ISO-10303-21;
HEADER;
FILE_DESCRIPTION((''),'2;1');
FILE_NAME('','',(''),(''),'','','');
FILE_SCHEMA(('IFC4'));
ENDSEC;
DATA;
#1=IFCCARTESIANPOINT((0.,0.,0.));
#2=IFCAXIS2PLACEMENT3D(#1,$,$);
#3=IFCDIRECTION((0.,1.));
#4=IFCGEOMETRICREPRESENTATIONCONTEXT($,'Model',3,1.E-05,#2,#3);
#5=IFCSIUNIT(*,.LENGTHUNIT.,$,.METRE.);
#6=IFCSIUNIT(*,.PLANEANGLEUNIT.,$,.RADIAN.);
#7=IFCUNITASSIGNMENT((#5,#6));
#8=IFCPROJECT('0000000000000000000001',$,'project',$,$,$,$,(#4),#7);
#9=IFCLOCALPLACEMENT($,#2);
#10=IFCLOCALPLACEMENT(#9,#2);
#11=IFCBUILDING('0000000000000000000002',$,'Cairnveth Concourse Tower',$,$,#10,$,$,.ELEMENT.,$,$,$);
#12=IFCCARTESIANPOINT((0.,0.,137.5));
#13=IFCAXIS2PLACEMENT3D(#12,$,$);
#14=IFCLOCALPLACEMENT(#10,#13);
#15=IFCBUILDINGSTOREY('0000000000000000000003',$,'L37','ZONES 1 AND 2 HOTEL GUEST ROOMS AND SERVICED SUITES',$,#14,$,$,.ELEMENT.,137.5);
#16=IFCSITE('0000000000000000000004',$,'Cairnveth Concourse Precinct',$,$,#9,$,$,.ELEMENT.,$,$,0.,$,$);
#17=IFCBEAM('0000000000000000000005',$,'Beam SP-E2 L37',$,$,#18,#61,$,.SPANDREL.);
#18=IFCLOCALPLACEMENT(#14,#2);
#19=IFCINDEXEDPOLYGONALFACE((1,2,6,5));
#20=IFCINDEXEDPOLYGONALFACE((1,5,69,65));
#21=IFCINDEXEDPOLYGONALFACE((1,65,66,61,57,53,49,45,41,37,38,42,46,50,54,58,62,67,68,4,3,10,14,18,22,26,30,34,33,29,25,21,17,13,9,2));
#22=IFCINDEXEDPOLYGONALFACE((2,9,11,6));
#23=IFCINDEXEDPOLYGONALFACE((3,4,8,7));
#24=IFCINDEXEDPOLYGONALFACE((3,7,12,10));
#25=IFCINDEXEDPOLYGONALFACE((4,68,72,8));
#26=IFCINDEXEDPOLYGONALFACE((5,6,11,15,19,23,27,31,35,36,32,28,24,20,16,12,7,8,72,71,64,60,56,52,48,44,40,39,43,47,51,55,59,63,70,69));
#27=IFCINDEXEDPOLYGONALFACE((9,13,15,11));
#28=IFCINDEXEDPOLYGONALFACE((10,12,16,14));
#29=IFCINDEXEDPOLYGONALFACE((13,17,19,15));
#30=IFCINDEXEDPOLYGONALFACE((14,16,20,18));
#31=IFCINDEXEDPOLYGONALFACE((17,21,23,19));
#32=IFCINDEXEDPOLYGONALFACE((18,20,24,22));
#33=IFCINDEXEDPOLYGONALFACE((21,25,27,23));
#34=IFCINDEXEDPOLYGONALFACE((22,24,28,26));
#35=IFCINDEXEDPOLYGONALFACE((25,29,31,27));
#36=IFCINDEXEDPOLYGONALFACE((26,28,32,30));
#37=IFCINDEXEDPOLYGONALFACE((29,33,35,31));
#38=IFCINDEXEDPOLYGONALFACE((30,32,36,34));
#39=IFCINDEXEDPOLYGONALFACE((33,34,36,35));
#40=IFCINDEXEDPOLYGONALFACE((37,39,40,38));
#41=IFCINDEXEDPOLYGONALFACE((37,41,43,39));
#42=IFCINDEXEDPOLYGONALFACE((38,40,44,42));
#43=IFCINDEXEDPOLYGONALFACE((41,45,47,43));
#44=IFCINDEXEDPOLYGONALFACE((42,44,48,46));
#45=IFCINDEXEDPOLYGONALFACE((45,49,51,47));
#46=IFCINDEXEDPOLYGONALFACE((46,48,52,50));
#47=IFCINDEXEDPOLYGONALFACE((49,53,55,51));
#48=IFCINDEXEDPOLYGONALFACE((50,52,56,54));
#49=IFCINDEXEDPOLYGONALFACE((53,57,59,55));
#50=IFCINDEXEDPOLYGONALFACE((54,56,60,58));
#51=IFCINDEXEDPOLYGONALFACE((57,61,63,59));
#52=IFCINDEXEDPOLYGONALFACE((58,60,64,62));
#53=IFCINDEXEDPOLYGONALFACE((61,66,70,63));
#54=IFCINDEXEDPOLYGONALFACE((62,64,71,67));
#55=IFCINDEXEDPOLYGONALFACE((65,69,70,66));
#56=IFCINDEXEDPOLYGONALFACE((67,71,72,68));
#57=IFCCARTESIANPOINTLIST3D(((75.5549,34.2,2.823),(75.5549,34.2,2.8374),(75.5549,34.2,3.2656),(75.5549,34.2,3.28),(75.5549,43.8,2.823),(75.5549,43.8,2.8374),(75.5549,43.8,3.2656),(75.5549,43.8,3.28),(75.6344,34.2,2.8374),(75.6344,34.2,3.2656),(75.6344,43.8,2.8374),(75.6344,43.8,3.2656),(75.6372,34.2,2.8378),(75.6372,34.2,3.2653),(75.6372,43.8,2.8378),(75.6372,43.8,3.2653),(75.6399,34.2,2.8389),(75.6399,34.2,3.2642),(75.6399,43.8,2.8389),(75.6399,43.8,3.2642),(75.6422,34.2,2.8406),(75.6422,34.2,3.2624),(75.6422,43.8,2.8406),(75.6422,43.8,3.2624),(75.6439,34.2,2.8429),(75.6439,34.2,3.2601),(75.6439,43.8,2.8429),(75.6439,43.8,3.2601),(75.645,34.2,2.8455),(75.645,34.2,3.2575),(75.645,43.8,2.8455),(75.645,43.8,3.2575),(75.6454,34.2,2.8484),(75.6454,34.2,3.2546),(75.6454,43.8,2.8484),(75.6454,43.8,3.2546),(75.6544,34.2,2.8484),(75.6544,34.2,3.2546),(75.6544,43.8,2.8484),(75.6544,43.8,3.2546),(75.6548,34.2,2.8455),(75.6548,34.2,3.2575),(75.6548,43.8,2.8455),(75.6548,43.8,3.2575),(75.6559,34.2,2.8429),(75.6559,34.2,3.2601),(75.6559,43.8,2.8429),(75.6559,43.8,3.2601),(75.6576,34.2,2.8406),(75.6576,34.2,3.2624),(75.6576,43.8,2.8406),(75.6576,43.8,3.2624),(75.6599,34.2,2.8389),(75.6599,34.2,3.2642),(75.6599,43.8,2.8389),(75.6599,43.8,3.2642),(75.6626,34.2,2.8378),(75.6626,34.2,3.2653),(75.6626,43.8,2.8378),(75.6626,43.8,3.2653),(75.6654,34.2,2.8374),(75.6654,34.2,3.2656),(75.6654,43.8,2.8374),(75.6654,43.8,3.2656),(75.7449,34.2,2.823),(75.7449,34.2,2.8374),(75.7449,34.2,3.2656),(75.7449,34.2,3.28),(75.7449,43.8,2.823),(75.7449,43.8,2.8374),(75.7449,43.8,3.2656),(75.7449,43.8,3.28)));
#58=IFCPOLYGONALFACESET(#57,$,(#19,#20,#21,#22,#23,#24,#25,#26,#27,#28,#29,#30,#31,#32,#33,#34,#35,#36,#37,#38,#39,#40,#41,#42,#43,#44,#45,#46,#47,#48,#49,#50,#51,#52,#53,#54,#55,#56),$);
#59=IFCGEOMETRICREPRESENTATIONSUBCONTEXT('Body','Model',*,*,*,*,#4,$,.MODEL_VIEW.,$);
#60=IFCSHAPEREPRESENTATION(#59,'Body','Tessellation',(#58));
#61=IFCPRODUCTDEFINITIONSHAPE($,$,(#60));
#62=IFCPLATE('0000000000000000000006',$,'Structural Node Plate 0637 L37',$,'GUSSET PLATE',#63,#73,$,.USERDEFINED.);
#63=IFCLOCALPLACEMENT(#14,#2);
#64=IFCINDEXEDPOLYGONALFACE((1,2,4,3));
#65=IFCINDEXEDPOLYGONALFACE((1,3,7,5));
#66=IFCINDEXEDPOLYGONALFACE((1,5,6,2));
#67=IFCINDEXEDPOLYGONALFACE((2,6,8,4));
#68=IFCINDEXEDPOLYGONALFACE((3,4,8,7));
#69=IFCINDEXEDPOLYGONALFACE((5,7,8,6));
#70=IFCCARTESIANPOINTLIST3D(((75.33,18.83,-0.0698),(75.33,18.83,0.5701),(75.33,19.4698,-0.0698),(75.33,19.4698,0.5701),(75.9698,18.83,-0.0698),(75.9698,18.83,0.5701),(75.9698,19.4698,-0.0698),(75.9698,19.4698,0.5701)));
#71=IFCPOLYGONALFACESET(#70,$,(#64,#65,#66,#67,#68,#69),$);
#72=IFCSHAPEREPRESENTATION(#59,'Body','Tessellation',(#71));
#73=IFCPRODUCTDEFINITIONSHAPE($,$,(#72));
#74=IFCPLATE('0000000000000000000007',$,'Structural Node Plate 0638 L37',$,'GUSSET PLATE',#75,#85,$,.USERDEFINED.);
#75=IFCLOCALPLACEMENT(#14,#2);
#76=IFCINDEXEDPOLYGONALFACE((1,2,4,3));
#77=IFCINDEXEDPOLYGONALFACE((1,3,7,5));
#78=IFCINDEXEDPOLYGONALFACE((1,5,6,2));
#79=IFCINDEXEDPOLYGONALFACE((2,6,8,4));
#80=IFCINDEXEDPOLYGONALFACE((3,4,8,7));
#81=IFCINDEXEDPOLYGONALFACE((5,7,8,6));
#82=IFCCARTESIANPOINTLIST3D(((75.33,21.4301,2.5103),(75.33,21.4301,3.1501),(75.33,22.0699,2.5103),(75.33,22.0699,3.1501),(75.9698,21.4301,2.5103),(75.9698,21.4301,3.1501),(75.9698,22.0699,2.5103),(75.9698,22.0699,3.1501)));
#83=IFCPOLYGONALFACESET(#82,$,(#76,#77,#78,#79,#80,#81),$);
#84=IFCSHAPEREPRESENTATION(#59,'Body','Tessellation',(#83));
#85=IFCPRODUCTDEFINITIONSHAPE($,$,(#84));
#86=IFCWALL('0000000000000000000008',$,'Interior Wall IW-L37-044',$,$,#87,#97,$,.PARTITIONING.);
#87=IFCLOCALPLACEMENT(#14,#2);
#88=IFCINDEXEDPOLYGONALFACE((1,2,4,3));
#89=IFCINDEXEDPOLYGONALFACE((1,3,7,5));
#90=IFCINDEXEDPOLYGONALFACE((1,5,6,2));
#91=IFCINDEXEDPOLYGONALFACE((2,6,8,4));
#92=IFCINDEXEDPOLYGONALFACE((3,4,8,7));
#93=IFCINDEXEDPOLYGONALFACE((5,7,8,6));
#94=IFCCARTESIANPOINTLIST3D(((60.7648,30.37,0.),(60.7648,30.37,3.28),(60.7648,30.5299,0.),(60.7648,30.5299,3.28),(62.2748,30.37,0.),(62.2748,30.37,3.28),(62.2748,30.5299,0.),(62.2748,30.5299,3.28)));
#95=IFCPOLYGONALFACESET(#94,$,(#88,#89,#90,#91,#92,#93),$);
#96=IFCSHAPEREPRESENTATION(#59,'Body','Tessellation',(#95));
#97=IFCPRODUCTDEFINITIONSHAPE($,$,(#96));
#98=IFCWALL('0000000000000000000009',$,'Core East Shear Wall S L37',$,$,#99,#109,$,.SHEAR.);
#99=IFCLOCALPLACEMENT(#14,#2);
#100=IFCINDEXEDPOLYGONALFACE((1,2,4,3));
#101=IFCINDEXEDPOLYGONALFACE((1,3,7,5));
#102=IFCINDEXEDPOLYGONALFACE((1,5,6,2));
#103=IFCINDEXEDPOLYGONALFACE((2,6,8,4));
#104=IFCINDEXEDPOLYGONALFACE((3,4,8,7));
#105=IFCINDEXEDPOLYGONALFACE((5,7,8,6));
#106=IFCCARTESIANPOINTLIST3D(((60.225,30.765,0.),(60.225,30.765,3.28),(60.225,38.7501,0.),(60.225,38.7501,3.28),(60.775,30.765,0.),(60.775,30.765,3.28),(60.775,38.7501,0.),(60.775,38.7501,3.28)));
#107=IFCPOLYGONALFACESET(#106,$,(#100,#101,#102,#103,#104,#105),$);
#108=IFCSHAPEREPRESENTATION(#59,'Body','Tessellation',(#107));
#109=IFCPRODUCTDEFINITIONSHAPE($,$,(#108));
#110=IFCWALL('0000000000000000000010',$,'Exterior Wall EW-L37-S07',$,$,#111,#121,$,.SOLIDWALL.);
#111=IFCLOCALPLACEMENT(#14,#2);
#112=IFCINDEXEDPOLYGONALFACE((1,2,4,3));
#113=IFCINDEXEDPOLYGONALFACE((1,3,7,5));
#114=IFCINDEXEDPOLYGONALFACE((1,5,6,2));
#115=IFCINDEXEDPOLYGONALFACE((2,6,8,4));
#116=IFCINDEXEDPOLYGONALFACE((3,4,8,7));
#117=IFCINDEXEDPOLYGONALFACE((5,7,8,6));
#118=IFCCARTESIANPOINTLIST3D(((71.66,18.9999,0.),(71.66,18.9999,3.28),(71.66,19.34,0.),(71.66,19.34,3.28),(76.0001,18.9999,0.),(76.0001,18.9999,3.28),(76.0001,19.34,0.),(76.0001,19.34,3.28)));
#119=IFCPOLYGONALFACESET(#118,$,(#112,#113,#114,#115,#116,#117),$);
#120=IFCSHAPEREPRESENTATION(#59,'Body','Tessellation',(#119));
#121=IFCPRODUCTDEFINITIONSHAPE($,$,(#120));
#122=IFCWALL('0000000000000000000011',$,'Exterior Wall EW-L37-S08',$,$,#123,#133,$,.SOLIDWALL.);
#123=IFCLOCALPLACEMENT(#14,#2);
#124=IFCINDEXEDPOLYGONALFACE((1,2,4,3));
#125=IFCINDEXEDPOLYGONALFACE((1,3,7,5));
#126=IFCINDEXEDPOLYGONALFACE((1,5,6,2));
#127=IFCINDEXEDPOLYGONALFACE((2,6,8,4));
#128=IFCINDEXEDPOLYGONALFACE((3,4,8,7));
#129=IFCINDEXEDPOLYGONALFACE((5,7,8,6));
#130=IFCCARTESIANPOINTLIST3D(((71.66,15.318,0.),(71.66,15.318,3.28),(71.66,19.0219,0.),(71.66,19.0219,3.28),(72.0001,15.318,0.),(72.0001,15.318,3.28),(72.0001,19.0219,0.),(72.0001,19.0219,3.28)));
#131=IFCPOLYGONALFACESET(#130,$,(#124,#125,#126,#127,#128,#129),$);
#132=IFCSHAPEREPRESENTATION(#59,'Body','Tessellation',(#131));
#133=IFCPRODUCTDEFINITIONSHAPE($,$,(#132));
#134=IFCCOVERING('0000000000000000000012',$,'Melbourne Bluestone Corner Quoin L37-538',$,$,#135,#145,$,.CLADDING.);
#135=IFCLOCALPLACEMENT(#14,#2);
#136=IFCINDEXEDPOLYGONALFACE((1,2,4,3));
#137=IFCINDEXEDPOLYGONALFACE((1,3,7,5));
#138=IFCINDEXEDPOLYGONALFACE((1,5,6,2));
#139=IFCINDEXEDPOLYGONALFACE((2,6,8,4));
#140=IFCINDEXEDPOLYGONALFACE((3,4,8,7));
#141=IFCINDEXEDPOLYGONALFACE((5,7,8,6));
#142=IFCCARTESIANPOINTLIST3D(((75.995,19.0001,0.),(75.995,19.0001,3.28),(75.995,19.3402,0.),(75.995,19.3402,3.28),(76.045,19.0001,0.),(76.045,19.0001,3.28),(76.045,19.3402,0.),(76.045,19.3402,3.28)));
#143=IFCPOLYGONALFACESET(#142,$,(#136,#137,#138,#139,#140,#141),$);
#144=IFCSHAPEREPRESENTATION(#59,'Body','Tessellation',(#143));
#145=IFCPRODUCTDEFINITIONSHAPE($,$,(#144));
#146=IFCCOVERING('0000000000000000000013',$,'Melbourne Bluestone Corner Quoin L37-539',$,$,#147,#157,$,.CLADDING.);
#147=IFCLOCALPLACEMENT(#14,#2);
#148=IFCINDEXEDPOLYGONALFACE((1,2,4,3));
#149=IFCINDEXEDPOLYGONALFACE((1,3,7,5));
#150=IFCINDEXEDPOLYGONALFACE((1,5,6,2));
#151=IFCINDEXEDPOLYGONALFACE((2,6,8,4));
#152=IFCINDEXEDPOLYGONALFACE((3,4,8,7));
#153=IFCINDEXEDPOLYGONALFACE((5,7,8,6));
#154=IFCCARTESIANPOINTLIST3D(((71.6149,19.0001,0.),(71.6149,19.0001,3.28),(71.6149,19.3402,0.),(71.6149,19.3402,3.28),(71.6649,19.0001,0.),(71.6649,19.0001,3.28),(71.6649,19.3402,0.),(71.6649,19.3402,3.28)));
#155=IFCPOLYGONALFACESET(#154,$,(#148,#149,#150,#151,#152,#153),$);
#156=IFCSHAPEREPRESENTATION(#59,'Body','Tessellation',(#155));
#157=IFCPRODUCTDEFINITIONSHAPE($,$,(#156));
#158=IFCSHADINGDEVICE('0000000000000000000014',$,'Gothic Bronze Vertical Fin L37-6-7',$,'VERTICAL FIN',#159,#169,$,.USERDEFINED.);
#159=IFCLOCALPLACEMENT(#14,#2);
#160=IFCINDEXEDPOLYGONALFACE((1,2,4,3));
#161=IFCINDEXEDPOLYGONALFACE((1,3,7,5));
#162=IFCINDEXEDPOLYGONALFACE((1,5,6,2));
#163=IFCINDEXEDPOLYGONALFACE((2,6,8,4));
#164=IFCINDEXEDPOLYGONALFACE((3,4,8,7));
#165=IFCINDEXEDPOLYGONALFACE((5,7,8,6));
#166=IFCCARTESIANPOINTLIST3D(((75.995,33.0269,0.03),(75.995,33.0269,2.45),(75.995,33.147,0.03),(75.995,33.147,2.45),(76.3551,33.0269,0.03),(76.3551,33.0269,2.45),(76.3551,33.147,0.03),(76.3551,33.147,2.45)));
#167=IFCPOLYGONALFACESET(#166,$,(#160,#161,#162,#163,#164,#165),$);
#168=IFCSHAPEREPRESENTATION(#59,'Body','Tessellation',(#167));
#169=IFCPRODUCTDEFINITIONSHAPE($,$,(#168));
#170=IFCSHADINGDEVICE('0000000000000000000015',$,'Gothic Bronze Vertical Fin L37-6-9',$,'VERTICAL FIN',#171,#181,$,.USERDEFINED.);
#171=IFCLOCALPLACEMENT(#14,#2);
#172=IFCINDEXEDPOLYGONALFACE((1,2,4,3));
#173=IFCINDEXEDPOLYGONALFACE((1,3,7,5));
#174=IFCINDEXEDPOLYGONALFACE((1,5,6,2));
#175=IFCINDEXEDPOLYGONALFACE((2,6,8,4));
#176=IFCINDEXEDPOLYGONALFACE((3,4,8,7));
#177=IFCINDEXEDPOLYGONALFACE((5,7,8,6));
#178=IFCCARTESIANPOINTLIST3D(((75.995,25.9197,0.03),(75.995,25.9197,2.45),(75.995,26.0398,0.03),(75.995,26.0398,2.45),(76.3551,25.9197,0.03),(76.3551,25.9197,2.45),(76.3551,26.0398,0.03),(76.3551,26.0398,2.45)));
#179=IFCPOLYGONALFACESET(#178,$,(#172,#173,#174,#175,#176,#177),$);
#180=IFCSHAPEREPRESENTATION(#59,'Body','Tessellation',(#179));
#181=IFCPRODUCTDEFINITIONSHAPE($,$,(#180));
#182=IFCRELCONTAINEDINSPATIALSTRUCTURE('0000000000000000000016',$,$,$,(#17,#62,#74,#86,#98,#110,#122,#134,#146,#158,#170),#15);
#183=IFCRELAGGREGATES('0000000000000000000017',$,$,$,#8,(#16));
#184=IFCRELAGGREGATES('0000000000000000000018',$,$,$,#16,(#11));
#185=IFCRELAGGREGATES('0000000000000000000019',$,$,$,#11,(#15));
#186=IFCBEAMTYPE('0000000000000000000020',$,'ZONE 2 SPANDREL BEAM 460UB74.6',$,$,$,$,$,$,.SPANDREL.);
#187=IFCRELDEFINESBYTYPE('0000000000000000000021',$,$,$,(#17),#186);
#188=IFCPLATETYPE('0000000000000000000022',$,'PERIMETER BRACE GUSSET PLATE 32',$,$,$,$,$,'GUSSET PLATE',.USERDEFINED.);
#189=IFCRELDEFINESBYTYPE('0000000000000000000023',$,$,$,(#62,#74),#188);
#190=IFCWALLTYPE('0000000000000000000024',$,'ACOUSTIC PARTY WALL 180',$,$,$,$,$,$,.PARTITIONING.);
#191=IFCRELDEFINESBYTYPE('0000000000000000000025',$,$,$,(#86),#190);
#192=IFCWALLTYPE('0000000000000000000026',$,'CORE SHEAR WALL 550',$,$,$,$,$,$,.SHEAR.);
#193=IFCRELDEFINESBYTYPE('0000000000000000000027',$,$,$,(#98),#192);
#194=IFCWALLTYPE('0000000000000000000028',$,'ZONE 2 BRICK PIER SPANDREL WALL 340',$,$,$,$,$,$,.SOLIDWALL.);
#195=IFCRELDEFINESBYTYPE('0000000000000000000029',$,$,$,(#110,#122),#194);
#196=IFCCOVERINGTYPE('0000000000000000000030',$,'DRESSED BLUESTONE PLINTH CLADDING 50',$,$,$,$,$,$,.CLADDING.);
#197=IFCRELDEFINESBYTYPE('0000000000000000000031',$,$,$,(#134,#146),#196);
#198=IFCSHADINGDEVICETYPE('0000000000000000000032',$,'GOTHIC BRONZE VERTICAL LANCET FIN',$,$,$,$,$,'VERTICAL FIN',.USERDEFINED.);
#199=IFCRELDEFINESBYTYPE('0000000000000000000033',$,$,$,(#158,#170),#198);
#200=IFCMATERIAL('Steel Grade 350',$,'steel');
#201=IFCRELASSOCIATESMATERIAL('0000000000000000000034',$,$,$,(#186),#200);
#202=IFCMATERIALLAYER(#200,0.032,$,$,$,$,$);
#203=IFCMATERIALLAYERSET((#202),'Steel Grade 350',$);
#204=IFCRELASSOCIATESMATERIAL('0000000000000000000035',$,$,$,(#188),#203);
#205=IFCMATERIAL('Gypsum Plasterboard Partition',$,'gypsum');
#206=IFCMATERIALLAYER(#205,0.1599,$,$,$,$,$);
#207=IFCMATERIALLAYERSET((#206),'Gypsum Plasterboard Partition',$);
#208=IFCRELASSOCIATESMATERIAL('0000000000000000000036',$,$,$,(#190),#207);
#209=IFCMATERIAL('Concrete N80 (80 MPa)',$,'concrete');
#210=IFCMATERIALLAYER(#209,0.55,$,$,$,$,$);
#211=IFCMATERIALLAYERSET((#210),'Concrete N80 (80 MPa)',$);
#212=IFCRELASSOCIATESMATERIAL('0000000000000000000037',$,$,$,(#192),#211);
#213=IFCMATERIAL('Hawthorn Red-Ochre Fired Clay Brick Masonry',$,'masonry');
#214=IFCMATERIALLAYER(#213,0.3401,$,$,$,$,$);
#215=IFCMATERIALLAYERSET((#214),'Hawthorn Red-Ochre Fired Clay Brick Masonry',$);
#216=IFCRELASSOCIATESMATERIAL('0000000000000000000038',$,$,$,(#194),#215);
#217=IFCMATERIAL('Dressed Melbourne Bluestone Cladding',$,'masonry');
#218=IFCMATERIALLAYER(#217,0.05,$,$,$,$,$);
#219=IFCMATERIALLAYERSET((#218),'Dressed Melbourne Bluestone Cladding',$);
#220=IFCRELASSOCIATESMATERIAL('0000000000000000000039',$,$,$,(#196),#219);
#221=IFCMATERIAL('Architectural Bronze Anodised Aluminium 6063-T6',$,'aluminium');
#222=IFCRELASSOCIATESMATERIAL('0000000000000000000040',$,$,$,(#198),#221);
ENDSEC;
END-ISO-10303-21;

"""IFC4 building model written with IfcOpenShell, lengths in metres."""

from ifc_helpers import new_model, si_unit, direction, frame, frame_2d, origin, origin_2d, place, context, subcontext, project, spatial, rectangle, i_section, extrude, material, layer, layer_set, material_profile, profile_set, type_object, element, save


model = new_model("IFC4")

# Units and contexts
model_context = context("Model", 3, precision=1e-05, world=origin(), true_north=direction((0.0, 1.0)))
body_context = subcontext(model_context, "Body", "Model", "MODEL_VIEW")
ifc_project = project(units=[si_unit("LENGTHUNIT", "METRE"), si_unit("PLANEANGLEUNIT", "RADIAN")], contexts=[model_context])

# Site, building, storey
site_placement = place(None, origin())
site = spatial("IfcSite", under=ifc_project, at=site_placement, Name="Cairnveth Concourse Precinct", CompositionType="ELEMENT", RefElevation=0.0)
building_placement = place(site_placement, origin())
building = spatial("IfcBuilding", under=site, at=building_placement, Name="Cairnveth Concourse Tower", CompositionType="ELEMENT")
storey_placement = place(building_placement, frame((0.0, 0.0, 137.5)))
storey = spatial("IfcBuildingStorey", under=building, at=storey_placement, Name="L37", Description="ZONES 1 AND 2 HOTEL GUEST ROOMS AND SERVICED SUITES", CompositionType="ELEMENT", Elevation=137.5)

# Shared definitions
ifc_material_1 = material(Name="Steel Grade 350", Category="steel")

# Beam
ifc_material_profile_1 = material_profile(ifc_material_1, i_section(OverallWidth=0.1899, OverallDepth=0.457, WebThickness=0.009, FlangeThickness=0.0144, FilletRadius=0.011, at=origin_2d()), Name="460UB74.6")
ifc_profile_set_1 = profile_set([ifc_material_profile_1], Name="Steel Grade 350")
beam_type_1 = type_object("IfcBeamType", Name="ZONE 2 SPANDREL BEAM 460UB74.6", PredefinedType="SPANDREL", material=ifc_profile_set_1)
beam_1_placement = place(storey_placement, frame((75.6499, 34.2, 3.0515), z_axis=(0.0, 1.0, 0.0), x_axis=(-1.0, 0.0, 0.0)))
element("IfcBeam", 1, at=beam_1_placement, inside=storey, type_object=beam_type_1, Name="Beam SP-E2 L37", PredefinedType="SPANDREL", context=body_context, shape_type="SweptSolid", body=[
    extrude(i_section(OverallWidth=0.1899, OverallDepth=0.457, WebThickness=0.009, FlangeThickness=0.0144, FilletRadius=0.011, at=origin_2d()), origin(), (0.0, 0.0, 1.0), 9.6001),
])

# Plates
ifc_layer_1 = layer(ifc_material_1, 0.032)
ifc_layer_set_1 = layer_set([ifc_layer_1], Name="Steel Grade 350")
plate_type = type_object("IfcPlateType", Name="PERIMETER BRACE GUSSET PLATE 32", ElementType="GUSSET PLATE", PredefinedType="USERDEFINED", material=ifc_layer_set_1)
for number, where, z_axis, x_axis, name in (
    (2, (75.6499, 19.1499, -0.0698), (0.0, 0.0, 1.0), (1.0, 0.0, 0.0), "Structural Node Plate 0637 L37"),
    (3, (75.6499, 21.75, 2.5103), (0.0, 0.0, 1.0), (1.0, 0.0, 0.0), "Structural Node Plate 0638 L37"),
):
    element("IfcPlate", number, at=place(storey_placement, frame(where, z_axis=z_axis, x_axis=x_axis)), inside=storey, type_object=plate_type, Name=name, ObjectType="GUSSET PLATE", PredefinedType="USERDEFINED", context=body_context, shape_type="SweptSolid", body=[
        extrude(rectangle(XDim=0.6399, YDim=0.6399, at=origin_2d()), origin(), (0.0, 0.0, 1.0), 0.6399),
    ])

# Walls
ifc_material_2 = material(Name="Gypsum Plasterboard Partition", Category="gypsum")
ifc_layer_2 = layer(ifc_material_2, 0.1599)
ifc_layer_set_2 = layer_set([ifc_layer_2], Name="Gypsum Plasterboard Partition")
wall_type_1 = type_object("IfcWallType", Name="ACOUSTIC PARTY WALL 180", PredefinedType="PARTITIONING", material=ifc_layer_set_2)
wall_1_placement = place(storey_placement, frame((60.7649, 30.45, 0.0), z_axis=(0.0, 0.0, 1.0), x_axis=(1.0, 0.0, 0.0)))
element("IfcWall", 4, at=wall_1_placement, inside=storey, type_object=wall_type_1, Name="Interior Wall IW-L37-044", PredefinedType="PARTITIONING", context=body_context, shape_type="SweptSolid", body=[
    extrude(rectangle(XDim=1.51, YDim=0.1599, at=frame_2d((0.7549, 0.0))), origin(), (0.0, 0.0, 1.0), 3.28),
])
ifc_material_3 = material(Name="Concrete N80 (80 MPa)", Category="concrete")
ifc_layer_3 = layer(ifc_material_3, 0.55)
ifc_layer_set_3 = layer_set([ifc_layer_3], Name="Concrete N80 (80 MPa)")
wall_type_2 = type_object("IfcWallType", Name="CORE SHEAR WALL 550", PredefinedType="SHEAR", material=ifc_layer_set_3)
wall_2_placement = place(storey_placement, frame((60.5, 30.7649, 0.0), z_axis=(0.0, 0.0, 1.0), x_axis=(0.0, 1.0, 0.0)))
element("IfcWall", 5, at=wall_2_placement, inside=storey, type_object=wall_type_2, Name="Core East Shear Wall S L37", PredefinedType="SHEAR", context=body_context, shape_type="SweptSolid", body=[
    extrude(rectangle(XDim=7.9851, YDim=0.55, at=frame_2d((3.9927, 0.0))), origin(), (0.0, 0.0, 1.0), 3.28),
])
ifc_material_4 = material(Name="Hawthorn Red-Ochre Fired Clay Brick Masonry", Category="masonry")
ifc_layer_4 = layer(ifc_material_4, 0.3401)
ifc_layer_set_4 = layer_set([ifc_layer_4], Name="Hawthorn Red-Ochre Fired Clay Brick Masonry")
wall_type_3 = type_object("IfcWallType", Name="ZONE 2 BRICK PIER SPANDREL WALL 340", PredefinedType="SOLIDWALL", material=ifc_layer_set_4)
wall_3_placement = place(storey_placement, frame((76.0, 19.1699, 0.0), z_axis=(0.0, 0.0, 1.0), x_axis=(-1.0, 0.0, 0.0)))
element("IfcWall", 6, at=wall_3_placement, inside=storey, type_object=wall_type_3, Name="Exterior Wall EW-L37-S07", PredefinedType="SOLIDWALL", context=body_context, shape_type="SweptSolid", body=[
    extrude(rectangle(XDim=4.3401, YDim=0.3401, at=frame_2d((2.1699, 0.0))), origin(), (0.0, 0.0, 1.0), 3.28),
])
wall_4_placement = place(storey_placement, frame((71.8301, 19.022, 0.0), z_axis=(0.0, 0.0, 1.0), x_axis=(0.0, -1.0, 0.0)))
element("IfcWall", 7, at=wall_4_placement, inside=storey, type_object=wall_type_3, Name="Exterior Wall EW-L37-S08", PredefinedType="SOLIDWALL", context=body_context, shape_type="SweptSolid", body=[
    extrude(rectangle(XDim=3.7039, YDim=0.3401, at=frame_2d((1.8521, 0.0))), origin(), (0.0, 0.0, 1.0), 3.28),
])

# Coverings
ifc_material_5 = material(Name="Dressed Melbourne Bluestone Cladding", Category="masonry")
ifc_layer_5 = layer(ifc_material_5, 0.05)
ifc_layer_set_5 = layer_set([ifc_layer_5], Name="Dressed Melbourne Bluestone Cladding")
covering_type = type_object("IfcCoveringType", Name="DRESSED BLUESTONE PLINTH CLADDING 50", PredefinedType="CLADDING", material=ifc_layer_set_5)
for number, where, z_axis, x_axis, name in (
    (8, (76.02, 19.3401, 0.0), (0.0, 0.0, 1.0), (0.0, -1.0, 0.0), "Melbourne Bluestone Corner Quoin L37-538"),
    (9, (71.6399, 19.3401, 0.0), (0.0, 0.0, 1.0), (0.0, -1.0, 0.0), "Melbourne Bluestone Corner Quoin L37-539"),
):
    element("IfcCovering", number, at=place(storey_placement, frame(where, z_axis=z_axis, x_axis=x_axis)), inside=storey, type_object=covering_type, Name=name, PredefinedType="CLADDING", context=body_context, shape_type="SweptSolid", body=[
        extrude(rectangle(XDim=0.3401, YDim=0.05, at=frame_2d((0.1699, 0.0))), origin(), (0.0, 0.0, 1.0), 3.28),
    ])

# Shading devices
ifc_material_6 = material(Name="Architectural Bronze Anodised Aluminium 6063-T6", Category="aluminium")
shading_device_type = type_object("IfcShadingDeviceType", Name="GOTHIC BRONZE VERTICAL LANCET FIN", ElementType="VERTICAL FIN", PredefinedType="USERDEFINED", material=ifc_material_6)
for number, where, z_axis, x_axis, name in (
    (10, (76.175, 33.0869, 0.03), (0.0, 0.0, 1.0), (0.0, 1.0, 0.0), "Gothic Bronze Vertical Fin L37-6-7"),
    (11, (76.175, 25.9797, 0.03), (0.0, 0.0, 1.0), (0.0, 1.0, 0.0), "Gothic Bronze Vertical Fin L37-6-9"),
):
    element("IfcShadingDevice", number, at=place(storey_placement, frame(where, z_axis=z_axis, x_axis=x_axis)), inside=storey, type_object=shading_device_type, Name=name, ObjectType="VERTICAL FIN", PredefinedType="USERDEFINED", context=body_context, shape_type="SweptSolid", body=[
        extrude(rectangle(XDim=0.1201, YDim=0.3601, at=origin_2d()), origin(), (0.0, 0.0, 1.0), 2.4199),
    ])

save(model, "model.ifc")
